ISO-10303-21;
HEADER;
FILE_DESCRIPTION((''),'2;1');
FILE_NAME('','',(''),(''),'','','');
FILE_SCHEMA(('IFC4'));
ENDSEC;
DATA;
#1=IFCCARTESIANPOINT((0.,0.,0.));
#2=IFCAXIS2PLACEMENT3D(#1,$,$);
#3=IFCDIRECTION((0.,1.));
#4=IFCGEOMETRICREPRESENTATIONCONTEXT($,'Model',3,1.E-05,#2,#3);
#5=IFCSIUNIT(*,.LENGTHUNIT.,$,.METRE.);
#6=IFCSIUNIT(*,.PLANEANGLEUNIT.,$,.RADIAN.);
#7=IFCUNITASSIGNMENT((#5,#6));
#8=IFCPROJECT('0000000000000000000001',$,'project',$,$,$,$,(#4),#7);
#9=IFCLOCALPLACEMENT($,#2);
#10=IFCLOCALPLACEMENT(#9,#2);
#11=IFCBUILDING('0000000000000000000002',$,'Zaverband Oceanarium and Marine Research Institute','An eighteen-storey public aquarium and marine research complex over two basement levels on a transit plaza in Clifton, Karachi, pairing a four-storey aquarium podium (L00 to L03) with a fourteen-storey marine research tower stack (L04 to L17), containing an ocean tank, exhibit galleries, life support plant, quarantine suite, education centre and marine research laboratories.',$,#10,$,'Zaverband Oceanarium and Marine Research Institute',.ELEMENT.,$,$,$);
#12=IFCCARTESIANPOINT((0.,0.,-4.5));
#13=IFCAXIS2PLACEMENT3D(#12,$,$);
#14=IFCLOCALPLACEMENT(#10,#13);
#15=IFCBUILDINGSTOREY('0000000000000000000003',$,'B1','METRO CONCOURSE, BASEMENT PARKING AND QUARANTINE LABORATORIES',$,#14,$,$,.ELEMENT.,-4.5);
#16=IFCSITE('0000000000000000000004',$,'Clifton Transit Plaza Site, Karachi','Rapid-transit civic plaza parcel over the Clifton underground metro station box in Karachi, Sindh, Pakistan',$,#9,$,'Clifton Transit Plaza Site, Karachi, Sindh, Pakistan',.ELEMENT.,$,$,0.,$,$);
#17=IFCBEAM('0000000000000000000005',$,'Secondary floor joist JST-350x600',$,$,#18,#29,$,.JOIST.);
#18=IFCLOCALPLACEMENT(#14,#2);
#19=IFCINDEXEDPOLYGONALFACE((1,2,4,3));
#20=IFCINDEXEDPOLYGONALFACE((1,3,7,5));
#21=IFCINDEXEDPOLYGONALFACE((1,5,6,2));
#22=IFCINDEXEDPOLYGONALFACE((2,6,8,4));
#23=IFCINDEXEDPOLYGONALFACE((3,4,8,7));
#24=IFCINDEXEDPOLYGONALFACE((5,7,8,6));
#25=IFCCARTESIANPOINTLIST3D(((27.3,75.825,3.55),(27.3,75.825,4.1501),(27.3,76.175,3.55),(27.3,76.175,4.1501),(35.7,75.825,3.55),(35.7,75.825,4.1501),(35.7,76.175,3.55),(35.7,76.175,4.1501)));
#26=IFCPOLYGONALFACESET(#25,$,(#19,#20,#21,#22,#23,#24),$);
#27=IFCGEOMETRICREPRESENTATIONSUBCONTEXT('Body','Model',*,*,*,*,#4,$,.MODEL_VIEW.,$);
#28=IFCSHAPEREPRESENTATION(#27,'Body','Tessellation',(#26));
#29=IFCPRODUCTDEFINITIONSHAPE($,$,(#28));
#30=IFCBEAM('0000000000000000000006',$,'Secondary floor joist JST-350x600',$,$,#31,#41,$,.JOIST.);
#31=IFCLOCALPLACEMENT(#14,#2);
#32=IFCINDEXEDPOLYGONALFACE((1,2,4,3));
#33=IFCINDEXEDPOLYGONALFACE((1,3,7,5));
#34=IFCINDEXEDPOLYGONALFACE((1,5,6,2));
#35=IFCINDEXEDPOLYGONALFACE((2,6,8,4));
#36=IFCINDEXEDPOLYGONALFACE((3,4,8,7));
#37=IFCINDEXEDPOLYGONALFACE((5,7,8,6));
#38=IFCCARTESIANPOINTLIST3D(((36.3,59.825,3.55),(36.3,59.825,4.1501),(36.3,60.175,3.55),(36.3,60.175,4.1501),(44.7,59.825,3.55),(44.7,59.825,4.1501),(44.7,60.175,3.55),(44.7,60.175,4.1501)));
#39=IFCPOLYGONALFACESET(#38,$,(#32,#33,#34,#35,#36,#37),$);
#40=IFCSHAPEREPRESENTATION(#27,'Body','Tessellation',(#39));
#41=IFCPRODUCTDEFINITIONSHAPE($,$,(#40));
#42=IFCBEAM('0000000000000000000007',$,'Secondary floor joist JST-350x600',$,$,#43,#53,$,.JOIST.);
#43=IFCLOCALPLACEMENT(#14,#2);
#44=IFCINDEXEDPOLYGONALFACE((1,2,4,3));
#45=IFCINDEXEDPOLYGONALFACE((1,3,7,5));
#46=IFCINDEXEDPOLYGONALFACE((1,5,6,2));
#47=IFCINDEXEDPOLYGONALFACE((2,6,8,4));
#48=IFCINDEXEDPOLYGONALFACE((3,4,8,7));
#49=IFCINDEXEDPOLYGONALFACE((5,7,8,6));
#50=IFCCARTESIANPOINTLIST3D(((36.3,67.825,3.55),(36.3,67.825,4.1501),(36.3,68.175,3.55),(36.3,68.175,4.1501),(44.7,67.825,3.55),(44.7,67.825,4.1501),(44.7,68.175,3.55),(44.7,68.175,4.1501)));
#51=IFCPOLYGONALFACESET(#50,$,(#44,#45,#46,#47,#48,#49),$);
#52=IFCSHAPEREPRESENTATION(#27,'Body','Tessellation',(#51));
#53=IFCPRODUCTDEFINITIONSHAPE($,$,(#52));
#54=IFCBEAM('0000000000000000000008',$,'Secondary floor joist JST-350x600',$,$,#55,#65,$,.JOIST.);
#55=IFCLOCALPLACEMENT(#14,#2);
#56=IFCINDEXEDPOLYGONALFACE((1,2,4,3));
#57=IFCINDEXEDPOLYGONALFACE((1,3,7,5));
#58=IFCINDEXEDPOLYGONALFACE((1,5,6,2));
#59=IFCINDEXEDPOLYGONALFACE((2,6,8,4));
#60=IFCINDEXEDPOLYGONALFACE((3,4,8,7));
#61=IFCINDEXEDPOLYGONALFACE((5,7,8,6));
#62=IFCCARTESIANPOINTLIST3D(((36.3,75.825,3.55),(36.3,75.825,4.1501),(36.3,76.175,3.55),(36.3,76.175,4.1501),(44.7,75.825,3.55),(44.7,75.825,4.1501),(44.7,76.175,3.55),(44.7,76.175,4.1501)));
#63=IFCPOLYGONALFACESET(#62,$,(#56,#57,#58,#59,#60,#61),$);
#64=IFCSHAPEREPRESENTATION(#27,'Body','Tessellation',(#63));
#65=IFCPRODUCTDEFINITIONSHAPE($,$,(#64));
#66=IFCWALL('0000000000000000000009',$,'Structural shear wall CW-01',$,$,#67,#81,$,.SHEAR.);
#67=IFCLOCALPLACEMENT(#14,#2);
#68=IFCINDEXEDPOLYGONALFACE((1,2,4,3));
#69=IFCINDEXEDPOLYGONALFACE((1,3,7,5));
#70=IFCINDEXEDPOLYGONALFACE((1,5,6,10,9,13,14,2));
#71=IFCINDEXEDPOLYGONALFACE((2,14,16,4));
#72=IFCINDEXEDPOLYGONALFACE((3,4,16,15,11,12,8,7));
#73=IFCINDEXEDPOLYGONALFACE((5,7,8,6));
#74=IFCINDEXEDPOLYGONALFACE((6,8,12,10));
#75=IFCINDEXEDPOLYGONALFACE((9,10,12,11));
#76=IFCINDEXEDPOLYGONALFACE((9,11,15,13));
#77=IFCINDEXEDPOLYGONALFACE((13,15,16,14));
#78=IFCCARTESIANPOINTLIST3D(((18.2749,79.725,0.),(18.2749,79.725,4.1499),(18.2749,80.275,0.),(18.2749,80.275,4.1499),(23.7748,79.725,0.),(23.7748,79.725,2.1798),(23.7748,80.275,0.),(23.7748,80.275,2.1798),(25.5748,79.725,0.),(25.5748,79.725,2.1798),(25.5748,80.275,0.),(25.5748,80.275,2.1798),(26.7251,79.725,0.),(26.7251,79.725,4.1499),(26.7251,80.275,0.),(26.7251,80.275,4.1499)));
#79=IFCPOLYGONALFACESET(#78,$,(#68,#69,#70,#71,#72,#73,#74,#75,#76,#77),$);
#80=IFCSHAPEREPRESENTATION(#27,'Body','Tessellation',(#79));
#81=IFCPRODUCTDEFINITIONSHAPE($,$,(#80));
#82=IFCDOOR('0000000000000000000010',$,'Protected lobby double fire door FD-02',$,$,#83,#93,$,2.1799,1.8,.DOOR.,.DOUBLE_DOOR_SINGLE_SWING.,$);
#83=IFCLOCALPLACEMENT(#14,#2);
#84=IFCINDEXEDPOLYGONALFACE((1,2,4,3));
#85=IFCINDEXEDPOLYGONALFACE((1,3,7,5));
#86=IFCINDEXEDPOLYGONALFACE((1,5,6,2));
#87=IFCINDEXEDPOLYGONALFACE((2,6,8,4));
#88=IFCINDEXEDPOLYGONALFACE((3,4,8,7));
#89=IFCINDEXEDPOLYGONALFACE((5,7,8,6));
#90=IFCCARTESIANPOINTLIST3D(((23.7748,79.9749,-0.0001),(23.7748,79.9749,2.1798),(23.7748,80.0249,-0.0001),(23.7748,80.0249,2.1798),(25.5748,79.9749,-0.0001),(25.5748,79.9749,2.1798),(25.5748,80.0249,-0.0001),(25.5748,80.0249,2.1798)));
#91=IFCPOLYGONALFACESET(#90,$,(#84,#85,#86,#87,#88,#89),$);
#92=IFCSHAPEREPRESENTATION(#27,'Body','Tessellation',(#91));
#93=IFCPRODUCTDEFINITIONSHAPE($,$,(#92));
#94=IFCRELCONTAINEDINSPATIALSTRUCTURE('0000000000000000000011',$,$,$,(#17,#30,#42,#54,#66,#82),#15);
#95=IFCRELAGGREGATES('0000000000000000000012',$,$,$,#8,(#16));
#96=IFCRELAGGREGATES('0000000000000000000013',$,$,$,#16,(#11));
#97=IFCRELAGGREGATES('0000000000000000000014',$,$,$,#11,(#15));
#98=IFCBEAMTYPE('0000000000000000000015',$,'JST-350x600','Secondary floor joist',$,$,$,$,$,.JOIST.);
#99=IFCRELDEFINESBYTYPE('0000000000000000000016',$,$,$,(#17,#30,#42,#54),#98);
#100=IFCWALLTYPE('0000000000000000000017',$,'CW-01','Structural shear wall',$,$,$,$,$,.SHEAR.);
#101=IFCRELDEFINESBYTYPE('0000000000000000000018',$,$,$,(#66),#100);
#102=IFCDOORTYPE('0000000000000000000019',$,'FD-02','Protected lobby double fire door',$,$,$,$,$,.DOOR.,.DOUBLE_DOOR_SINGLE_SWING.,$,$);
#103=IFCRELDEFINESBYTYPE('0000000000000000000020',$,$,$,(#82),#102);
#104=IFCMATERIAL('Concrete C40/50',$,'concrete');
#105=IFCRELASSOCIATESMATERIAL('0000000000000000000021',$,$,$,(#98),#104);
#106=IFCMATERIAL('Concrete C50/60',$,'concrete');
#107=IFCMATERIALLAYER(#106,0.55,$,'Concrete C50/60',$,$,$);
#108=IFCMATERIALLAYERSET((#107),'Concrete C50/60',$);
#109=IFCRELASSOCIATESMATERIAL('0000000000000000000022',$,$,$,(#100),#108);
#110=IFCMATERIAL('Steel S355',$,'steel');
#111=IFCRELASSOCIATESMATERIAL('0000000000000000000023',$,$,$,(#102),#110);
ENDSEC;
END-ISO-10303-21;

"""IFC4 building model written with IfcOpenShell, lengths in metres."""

from ifc_helpers import new_model, si_unit, direction, frame, frame_2d, origin, origin_2d, place, context, subcontext, project, spatial, rectangle, extrude, material, layer, layer_set, material_profile, profile_set, type_object, element, fill, save


model = new_model("IFC4")

# Units and contexts
model_context = context("Model", 3, precision=1e-05, world=origin(), true_north=direction((0.0, 1.0)))
body_context = subcontext(model_context, "Body", "Model", "MODEL_VIEW")
ifc_project = project(units=[si_unit("LENGTHUNIT", "METRE"), si_unit("PLANEANGLEUNIT", "RADIAN")], contexts=[model_context])

# Site, building, storey
site_placement = place(None, origin())
site = spatial("IfcSite", under=ifc_project, at=site_placement, Name="Clifton Transit Plaza Site, Karachi", Description="Rapid-transit civic plaza parcel over the Clifton underground metro station box in Karachi, Sindh, Pakistan", LongName="Clifton Transit Plaza Site, Karachi, Sindh, Pakistan", CompositionType="ELEMENT", RefElevation=0.0)
building_placement = place(site_placement, origin())
building = spatial("IfcBuilding", under=site, at=building_placement, Name="Zaverband Oceanarium and Marine Research Institute", Description="An eighteen-storey public aquarium and marine research complex over two basement levels on a transit plaza in Clifton, Karachi, pairing a four-storey aquarium podium (L00 to L03) with a fourteen-storey marine research tower stack (L04 to L17), containing an ocean tank, exhibit galleries, life support plant, quarantine suite, education centre and marine research laboratories.", LongName="Zaverband Oceanarium and Marine Research Institute", CompositionType="ELEMENT")
storey_placement = place(building_placement, frame((0.0, 0.0, -4.5)))
storey = spatial("IfcBuildingStorey", under=building, at=storey_placement, Name="B1", Description="METRO CONCOURSE, BASEMENT PARKING AND QUARANTINE LABORATORIES", CompositionType="ELEMENT", Elevation=-4.5)

# Shared definitions
ifc_material_1 = material(Name="Concrete C50/60", Category="concrete")

# Beams
ifc_material_2 = material(Name="Concrete C40/50", Category="concrete")
ifc_material_profile_1 = material_profile(ifc_material_2, rectangle(XDim=0.3501, YDim=0.6001, at=origin_2d()), Name="RC350x600")
ifc_profile_set_1 = profile_set([ifc_material_profile_1], Name="Concrete C40/50")
beam_type_1 = type_object("IfcBeamType", Name="JST-350x600", Description="Secondary floor joist", PredefinedType="JOIST", material=ifc_profile_set_1)
for number, where, z_axis, x_axis, name in (
    (1, (27.3, 76.0, 3.8501), (1.0, 0.0, 0.0), (0.0, 1.0, 0.0), "Secondary floor joist JST-350x600"),
    (2, (36.3, 60.0, 3.8501), (1.0, 0.0, 0.0), (0.0, 1.0, 0.0), "Secondary floor joist JST-350x600"),
    (3, (36.3, 68.0, 3.8501), (1.0, 0.0, 0.0), (0.0, 1.0, 0.0), "Secondary floor joist JST-350x600"),
    (4, (36.3, 76.0, 3.8501), (1.0, 0.0, 0.0), (0.0, 1.0, 0.0), "Secondary floor joist JST-350x600"),
):
    element("IfcBeam", number, at=place(storey_placement, frame(where, z_axis=z_axis, x_axis=x_axis)), inside=storey, type_object=beam_type_1, Name=name, PredefinedType="JOIST", context=body_context, shape_type="SweptSolid", body=[
        extrude(rectangle(XDim=0.3501, YDim=0.6001, at=origin_2d()), origin(), (0.0, 0.0, 1.0), 8.3999),
    ])

# Wall, opening, door
ifc_layer = layer(ifc_material_1, 0.55, Name="Concrete C50/60")
ifc_layer_set = layer_set([ifc_layer], Name="Concrete C50/60")
wall_type = type_object("IfcWallType", Name="CW-01", Description="Structural shear wall", PredefinedType="SHEAR", material=ifc_layer_set)
wall_placement = place(storey_placement, frame((18.2749, 80.0, 0.0), z_axis=(0.0, 0.0, 1.0), x_axis=(1.0, 0.0, 0.0)))
wall = element("IfcWall", 5, at=wall_placement, inside=storey, type_object=wall_type, Name="Structural shear wall CW-01", PredefinedType="SHEAR", context=body_context, shape_type="SweptSolid", body=[
    extrude(rectangle(XDim=8.4502, YDim=0.55, at=frame_2d((4.2251, 0.0))), origin(), (0.0, 0.0, 1.0), 4.1499),
])
opening_placement = place(wall_placement, frame((5.5, 0.0, 0.0)))
opening = element("IfcOpeningElement", 6, at=opening_placement, cuts=wall, PredefinedType="OPENING", context=body_context, shape_type="SweptSolid", body=[
    extrude(rectangle(XDim=1.8, YDim=2.1799, at=frame_2d((0.8999, 1.0898))), frame((0.0, 0.2871, 0.0), z_axis=(0.0, -1.0, 0.0), x_axis=(1.0, 0.0, 0.0)), (0.0, 0.0, 1.0), 0.574),
])
ifc_material_3 = material(Name="Steel S355", Category="steel")
door_type = type_object("IfcDoorType", Name="FD-02", Description="Protected lobby double fire door", OperationType="DOUBLE_DOOR_SINGLE_SWING", PredefinedType="DOOR", material=ifc_material_3)
door_placement = place(opening_placement, origin())
door = element("IfcDoor", 7, at=door_placement, inside=storey, type_object=door_type, Name="Protected lobby double fire door FD-02", OperationType="DOUBLE_DOOR_SINGLE_SWING", OverallHeight=2.1799, OverallWidth=1.8, PredefinedType="DOOR", context=body_context, shape_type="SweptSolid", body=[
    extrude(rectangle(XDim=1.8, YDim=2.1799, at=frame_2d((0.8999, 1.0898))), frame((0.0, 0.0249, 0.0), z_axis=(0.0, -1.0, 0.0), x_axis=(1.0, 0.0, 0.0)), (0.0, 0.0, 1.0), 0.05),
])
fill(opening, door)

save(model, "model.ifc")
